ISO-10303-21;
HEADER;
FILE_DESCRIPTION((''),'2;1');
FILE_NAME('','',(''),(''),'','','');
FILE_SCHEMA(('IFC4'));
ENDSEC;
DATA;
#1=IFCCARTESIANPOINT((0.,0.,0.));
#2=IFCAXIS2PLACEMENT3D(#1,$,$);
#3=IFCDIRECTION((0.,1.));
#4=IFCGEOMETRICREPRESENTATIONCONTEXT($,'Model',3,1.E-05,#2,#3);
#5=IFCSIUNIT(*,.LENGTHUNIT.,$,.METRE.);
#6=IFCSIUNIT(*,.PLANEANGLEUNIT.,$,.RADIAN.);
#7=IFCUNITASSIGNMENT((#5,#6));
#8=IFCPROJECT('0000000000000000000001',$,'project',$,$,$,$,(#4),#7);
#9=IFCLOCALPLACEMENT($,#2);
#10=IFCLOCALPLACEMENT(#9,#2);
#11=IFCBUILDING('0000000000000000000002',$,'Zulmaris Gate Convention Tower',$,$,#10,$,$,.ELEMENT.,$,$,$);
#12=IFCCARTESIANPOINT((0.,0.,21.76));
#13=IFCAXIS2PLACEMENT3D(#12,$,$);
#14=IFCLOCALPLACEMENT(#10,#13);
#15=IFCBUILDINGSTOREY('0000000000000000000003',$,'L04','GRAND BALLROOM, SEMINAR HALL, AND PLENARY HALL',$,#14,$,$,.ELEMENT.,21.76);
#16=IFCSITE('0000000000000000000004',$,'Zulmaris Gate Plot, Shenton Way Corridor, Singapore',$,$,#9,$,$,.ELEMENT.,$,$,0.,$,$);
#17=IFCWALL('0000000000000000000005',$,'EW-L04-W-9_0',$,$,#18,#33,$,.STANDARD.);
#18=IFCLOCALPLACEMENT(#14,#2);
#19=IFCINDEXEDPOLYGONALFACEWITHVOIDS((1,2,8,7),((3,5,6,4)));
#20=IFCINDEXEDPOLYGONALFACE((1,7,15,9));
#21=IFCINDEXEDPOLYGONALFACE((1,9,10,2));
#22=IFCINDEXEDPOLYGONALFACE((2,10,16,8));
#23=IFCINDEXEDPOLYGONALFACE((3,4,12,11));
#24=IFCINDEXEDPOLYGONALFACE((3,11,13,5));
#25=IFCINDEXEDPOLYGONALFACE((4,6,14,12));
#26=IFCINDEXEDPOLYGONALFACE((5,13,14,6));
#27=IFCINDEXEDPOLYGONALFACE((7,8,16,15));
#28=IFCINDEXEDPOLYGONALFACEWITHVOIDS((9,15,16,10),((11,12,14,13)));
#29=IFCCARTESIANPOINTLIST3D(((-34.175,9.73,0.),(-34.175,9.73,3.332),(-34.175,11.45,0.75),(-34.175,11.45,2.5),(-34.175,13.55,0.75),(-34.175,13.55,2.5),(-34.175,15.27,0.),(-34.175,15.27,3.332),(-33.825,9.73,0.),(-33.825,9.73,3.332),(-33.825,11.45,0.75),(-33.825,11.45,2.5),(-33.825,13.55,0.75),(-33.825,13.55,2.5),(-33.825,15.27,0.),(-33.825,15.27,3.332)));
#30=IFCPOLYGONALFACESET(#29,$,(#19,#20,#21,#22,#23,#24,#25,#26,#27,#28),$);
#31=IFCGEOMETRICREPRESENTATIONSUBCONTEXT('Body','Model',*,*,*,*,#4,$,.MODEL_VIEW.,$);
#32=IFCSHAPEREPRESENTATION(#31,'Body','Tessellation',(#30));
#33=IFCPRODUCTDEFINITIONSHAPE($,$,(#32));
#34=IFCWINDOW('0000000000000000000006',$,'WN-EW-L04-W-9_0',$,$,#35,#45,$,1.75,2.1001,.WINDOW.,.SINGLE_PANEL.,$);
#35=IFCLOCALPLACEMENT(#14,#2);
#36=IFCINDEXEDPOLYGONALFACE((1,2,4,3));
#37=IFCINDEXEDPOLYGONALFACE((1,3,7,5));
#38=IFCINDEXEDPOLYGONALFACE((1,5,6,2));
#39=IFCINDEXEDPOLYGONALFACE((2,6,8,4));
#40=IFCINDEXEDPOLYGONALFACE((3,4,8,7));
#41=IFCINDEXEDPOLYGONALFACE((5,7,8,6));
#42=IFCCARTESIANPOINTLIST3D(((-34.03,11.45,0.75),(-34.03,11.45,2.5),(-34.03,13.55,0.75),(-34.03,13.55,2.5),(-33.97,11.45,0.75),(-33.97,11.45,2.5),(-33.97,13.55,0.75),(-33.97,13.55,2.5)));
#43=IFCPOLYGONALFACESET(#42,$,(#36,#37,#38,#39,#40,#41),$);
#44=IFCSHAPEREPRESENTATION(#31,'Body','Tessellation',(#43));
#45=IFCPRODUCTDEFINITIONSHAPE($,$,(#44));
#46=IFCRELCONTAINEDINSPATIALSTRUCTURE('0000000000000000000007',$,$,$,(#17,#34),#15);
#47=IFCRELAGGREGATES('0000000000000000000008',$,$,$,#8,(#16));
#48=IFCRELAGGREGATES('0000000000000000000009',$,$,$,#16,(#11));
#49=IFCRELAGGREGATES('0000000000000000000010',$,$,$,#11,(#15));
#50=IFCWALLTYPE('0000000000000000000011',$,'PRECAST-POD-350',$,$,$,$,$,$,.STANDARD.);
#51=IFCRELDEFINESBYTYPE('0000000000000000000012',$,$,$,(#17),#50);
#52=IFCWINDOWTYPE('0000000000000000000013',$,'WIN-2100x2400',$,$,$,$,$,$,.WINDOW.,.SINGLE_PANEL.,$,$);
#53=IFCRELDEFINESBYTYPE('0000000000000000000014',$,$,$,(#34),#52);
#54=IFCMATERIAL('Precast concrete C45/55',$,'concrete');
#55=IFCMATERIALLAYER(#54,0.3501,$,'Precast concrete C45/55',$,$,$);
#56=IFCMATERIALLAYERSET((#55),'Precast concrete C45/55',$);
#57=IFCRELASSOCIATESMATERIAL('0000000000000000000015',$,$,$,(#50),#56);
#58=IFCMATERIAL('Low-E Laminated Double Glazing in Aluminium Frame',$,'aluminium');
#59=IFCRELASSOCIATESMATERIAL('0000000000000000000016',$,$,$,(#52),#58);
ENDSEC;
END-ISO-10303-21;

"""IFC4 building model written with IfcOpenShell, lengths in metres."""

from ifc_helpers import new_model, si_unit, direction, frame, frame_2d, origin, place, context, subcontext, project, spatial, rectangle, extrude, material, layer, layer_set, type_object, element, fill, save


model = new_model("IFC4")

# Units and contexts
model_context = context("Model", 3, precision=1e-05, world=origin(), true_north=direction((0.0, 1.0)))
body_context = subcontext(model_context, "Body", "Model", "MODEL_VIEW")
ifc_project = project(units=[si_unit("LENGTHUNIT", "METRE"), si_unit("PLANEANGLEUNIT", "RADIAN")], contexts=[model_context])

# Site, building, storey
site_placement = place(None, origin())
site = spatial("IfcSite", under=ifc_project, at=site_placement, Name="Zulmaris Gate Plot, Shenton Way Corridor, Singapore", CompositionType="ELEMENT", RefElevation=0.0)
building_placement = place(site_placement, origin())
building = spatial("IfcBuilding", under=site, at=building_placement, Name="Zulmaris Gate Convention Tower", CompositionType="ELEMENT")
storey_placement = place(building_placement, frame((0.0, 0.0, 21.76)))
storey = spatial("IfcBuildingStorey", under=building, at=storey_placement, Name="L04", Description="GRAND BALLROOM, SEMINAR HALL, AND PLENARY HALL", CompositionType="ELEMENT", Elevation=21.76)

# Wall, opening, window
ifc_material_1 = material(Name="Precast concrete C45/55", Category="concrete")
ifc_layer_1 = layer(ifc_material_1, 0.3501, Name="Precast concrete C45/55")
ifc_layer_set_1 = layer_set([ifc_layer_1], Name="Precast concrete C45/55")
wall_type_1 = type_object("IfcWallType", Name="PRECAST-POD-350", PredefinedType="STANDARD", material=ifc_layer_set_1)
wall_1_placement = place(storey_placement, frame((-34.0, 9.73, 0.0), z_axis=(0.0, 0.0, 1.0), x_axis=(0.0, 1.0, 0.0)))
wall_1 = element("IfcWall", 1, at=wall_1_placement, inside=storey, type_object=wall_type_1, Name="EW-L04-W-9_0", PredefinedType="STANDARD", context=body_context, shape_type="SweptSolid", body=[
    extrude(rectangle(XDim=5.54, YDim=0.3501, at=frame_2d((2.77, 0.0))), origin(), (0.0, 0.0, 1.0), 3.332),
])
opening_1_placement = place(wall_1_placement, frame((1.72, 0.0, 0.75)))
opening_1 = element("IfcOpeningElement", 2, at=opening_1_placement, cuts=wall_1, PredefinedType="OPENING", context=body_context, shape_type="SweptSolid", body=[
    extrude(rectangle(XDim=2.1001, YDim=1.75, at=frame_2d((1.05, 0.875))), frame((0.0, 0.1851, 0.0), z_axis=(0.0, -1.0, 0.0), x_axis=(1.0, 0.0, 0.0)), (0.0, 0.0, 1.0), 0.3701),
])
ifc_material_2 = material(Name="Low-E Laminated Double Glazing in Aluminium Frame", Category="aluminium")
window_type = type_object("IfcWindowType", Name="WIN-2100x2400", PartitioningType="SINGLE_PANEL", PredefinedType="WINDOW", material=ifc_material_2)
window_placement = place(opening_1_placement, origin())
window = element("IfcWindow", 3, at=window_placement, inside=storey, type_object=window_type, Name="WN-EW-L04-W-9_0", OverallHeight=1.75, OverallWidth=2.1001, PartitioningType="SINGLE_PANEL", PredefinedType="WINDOW", context=body_context, shape_type="SweptSolid", body=[
    extrude(rectangle(XDim=2.1001, YDim=1.75, at=frame_2d((1.05, 0.875))), frame((0.0, 0.03, 0.0), z_axis=(0.0, -1.0, 0.0), x_axis=(1.0, 0.0, 0.0)), (0.0, 0.0, 1.0), 0.0601),
])
fill(opening_1, window)

save(model, "model.ifc")
